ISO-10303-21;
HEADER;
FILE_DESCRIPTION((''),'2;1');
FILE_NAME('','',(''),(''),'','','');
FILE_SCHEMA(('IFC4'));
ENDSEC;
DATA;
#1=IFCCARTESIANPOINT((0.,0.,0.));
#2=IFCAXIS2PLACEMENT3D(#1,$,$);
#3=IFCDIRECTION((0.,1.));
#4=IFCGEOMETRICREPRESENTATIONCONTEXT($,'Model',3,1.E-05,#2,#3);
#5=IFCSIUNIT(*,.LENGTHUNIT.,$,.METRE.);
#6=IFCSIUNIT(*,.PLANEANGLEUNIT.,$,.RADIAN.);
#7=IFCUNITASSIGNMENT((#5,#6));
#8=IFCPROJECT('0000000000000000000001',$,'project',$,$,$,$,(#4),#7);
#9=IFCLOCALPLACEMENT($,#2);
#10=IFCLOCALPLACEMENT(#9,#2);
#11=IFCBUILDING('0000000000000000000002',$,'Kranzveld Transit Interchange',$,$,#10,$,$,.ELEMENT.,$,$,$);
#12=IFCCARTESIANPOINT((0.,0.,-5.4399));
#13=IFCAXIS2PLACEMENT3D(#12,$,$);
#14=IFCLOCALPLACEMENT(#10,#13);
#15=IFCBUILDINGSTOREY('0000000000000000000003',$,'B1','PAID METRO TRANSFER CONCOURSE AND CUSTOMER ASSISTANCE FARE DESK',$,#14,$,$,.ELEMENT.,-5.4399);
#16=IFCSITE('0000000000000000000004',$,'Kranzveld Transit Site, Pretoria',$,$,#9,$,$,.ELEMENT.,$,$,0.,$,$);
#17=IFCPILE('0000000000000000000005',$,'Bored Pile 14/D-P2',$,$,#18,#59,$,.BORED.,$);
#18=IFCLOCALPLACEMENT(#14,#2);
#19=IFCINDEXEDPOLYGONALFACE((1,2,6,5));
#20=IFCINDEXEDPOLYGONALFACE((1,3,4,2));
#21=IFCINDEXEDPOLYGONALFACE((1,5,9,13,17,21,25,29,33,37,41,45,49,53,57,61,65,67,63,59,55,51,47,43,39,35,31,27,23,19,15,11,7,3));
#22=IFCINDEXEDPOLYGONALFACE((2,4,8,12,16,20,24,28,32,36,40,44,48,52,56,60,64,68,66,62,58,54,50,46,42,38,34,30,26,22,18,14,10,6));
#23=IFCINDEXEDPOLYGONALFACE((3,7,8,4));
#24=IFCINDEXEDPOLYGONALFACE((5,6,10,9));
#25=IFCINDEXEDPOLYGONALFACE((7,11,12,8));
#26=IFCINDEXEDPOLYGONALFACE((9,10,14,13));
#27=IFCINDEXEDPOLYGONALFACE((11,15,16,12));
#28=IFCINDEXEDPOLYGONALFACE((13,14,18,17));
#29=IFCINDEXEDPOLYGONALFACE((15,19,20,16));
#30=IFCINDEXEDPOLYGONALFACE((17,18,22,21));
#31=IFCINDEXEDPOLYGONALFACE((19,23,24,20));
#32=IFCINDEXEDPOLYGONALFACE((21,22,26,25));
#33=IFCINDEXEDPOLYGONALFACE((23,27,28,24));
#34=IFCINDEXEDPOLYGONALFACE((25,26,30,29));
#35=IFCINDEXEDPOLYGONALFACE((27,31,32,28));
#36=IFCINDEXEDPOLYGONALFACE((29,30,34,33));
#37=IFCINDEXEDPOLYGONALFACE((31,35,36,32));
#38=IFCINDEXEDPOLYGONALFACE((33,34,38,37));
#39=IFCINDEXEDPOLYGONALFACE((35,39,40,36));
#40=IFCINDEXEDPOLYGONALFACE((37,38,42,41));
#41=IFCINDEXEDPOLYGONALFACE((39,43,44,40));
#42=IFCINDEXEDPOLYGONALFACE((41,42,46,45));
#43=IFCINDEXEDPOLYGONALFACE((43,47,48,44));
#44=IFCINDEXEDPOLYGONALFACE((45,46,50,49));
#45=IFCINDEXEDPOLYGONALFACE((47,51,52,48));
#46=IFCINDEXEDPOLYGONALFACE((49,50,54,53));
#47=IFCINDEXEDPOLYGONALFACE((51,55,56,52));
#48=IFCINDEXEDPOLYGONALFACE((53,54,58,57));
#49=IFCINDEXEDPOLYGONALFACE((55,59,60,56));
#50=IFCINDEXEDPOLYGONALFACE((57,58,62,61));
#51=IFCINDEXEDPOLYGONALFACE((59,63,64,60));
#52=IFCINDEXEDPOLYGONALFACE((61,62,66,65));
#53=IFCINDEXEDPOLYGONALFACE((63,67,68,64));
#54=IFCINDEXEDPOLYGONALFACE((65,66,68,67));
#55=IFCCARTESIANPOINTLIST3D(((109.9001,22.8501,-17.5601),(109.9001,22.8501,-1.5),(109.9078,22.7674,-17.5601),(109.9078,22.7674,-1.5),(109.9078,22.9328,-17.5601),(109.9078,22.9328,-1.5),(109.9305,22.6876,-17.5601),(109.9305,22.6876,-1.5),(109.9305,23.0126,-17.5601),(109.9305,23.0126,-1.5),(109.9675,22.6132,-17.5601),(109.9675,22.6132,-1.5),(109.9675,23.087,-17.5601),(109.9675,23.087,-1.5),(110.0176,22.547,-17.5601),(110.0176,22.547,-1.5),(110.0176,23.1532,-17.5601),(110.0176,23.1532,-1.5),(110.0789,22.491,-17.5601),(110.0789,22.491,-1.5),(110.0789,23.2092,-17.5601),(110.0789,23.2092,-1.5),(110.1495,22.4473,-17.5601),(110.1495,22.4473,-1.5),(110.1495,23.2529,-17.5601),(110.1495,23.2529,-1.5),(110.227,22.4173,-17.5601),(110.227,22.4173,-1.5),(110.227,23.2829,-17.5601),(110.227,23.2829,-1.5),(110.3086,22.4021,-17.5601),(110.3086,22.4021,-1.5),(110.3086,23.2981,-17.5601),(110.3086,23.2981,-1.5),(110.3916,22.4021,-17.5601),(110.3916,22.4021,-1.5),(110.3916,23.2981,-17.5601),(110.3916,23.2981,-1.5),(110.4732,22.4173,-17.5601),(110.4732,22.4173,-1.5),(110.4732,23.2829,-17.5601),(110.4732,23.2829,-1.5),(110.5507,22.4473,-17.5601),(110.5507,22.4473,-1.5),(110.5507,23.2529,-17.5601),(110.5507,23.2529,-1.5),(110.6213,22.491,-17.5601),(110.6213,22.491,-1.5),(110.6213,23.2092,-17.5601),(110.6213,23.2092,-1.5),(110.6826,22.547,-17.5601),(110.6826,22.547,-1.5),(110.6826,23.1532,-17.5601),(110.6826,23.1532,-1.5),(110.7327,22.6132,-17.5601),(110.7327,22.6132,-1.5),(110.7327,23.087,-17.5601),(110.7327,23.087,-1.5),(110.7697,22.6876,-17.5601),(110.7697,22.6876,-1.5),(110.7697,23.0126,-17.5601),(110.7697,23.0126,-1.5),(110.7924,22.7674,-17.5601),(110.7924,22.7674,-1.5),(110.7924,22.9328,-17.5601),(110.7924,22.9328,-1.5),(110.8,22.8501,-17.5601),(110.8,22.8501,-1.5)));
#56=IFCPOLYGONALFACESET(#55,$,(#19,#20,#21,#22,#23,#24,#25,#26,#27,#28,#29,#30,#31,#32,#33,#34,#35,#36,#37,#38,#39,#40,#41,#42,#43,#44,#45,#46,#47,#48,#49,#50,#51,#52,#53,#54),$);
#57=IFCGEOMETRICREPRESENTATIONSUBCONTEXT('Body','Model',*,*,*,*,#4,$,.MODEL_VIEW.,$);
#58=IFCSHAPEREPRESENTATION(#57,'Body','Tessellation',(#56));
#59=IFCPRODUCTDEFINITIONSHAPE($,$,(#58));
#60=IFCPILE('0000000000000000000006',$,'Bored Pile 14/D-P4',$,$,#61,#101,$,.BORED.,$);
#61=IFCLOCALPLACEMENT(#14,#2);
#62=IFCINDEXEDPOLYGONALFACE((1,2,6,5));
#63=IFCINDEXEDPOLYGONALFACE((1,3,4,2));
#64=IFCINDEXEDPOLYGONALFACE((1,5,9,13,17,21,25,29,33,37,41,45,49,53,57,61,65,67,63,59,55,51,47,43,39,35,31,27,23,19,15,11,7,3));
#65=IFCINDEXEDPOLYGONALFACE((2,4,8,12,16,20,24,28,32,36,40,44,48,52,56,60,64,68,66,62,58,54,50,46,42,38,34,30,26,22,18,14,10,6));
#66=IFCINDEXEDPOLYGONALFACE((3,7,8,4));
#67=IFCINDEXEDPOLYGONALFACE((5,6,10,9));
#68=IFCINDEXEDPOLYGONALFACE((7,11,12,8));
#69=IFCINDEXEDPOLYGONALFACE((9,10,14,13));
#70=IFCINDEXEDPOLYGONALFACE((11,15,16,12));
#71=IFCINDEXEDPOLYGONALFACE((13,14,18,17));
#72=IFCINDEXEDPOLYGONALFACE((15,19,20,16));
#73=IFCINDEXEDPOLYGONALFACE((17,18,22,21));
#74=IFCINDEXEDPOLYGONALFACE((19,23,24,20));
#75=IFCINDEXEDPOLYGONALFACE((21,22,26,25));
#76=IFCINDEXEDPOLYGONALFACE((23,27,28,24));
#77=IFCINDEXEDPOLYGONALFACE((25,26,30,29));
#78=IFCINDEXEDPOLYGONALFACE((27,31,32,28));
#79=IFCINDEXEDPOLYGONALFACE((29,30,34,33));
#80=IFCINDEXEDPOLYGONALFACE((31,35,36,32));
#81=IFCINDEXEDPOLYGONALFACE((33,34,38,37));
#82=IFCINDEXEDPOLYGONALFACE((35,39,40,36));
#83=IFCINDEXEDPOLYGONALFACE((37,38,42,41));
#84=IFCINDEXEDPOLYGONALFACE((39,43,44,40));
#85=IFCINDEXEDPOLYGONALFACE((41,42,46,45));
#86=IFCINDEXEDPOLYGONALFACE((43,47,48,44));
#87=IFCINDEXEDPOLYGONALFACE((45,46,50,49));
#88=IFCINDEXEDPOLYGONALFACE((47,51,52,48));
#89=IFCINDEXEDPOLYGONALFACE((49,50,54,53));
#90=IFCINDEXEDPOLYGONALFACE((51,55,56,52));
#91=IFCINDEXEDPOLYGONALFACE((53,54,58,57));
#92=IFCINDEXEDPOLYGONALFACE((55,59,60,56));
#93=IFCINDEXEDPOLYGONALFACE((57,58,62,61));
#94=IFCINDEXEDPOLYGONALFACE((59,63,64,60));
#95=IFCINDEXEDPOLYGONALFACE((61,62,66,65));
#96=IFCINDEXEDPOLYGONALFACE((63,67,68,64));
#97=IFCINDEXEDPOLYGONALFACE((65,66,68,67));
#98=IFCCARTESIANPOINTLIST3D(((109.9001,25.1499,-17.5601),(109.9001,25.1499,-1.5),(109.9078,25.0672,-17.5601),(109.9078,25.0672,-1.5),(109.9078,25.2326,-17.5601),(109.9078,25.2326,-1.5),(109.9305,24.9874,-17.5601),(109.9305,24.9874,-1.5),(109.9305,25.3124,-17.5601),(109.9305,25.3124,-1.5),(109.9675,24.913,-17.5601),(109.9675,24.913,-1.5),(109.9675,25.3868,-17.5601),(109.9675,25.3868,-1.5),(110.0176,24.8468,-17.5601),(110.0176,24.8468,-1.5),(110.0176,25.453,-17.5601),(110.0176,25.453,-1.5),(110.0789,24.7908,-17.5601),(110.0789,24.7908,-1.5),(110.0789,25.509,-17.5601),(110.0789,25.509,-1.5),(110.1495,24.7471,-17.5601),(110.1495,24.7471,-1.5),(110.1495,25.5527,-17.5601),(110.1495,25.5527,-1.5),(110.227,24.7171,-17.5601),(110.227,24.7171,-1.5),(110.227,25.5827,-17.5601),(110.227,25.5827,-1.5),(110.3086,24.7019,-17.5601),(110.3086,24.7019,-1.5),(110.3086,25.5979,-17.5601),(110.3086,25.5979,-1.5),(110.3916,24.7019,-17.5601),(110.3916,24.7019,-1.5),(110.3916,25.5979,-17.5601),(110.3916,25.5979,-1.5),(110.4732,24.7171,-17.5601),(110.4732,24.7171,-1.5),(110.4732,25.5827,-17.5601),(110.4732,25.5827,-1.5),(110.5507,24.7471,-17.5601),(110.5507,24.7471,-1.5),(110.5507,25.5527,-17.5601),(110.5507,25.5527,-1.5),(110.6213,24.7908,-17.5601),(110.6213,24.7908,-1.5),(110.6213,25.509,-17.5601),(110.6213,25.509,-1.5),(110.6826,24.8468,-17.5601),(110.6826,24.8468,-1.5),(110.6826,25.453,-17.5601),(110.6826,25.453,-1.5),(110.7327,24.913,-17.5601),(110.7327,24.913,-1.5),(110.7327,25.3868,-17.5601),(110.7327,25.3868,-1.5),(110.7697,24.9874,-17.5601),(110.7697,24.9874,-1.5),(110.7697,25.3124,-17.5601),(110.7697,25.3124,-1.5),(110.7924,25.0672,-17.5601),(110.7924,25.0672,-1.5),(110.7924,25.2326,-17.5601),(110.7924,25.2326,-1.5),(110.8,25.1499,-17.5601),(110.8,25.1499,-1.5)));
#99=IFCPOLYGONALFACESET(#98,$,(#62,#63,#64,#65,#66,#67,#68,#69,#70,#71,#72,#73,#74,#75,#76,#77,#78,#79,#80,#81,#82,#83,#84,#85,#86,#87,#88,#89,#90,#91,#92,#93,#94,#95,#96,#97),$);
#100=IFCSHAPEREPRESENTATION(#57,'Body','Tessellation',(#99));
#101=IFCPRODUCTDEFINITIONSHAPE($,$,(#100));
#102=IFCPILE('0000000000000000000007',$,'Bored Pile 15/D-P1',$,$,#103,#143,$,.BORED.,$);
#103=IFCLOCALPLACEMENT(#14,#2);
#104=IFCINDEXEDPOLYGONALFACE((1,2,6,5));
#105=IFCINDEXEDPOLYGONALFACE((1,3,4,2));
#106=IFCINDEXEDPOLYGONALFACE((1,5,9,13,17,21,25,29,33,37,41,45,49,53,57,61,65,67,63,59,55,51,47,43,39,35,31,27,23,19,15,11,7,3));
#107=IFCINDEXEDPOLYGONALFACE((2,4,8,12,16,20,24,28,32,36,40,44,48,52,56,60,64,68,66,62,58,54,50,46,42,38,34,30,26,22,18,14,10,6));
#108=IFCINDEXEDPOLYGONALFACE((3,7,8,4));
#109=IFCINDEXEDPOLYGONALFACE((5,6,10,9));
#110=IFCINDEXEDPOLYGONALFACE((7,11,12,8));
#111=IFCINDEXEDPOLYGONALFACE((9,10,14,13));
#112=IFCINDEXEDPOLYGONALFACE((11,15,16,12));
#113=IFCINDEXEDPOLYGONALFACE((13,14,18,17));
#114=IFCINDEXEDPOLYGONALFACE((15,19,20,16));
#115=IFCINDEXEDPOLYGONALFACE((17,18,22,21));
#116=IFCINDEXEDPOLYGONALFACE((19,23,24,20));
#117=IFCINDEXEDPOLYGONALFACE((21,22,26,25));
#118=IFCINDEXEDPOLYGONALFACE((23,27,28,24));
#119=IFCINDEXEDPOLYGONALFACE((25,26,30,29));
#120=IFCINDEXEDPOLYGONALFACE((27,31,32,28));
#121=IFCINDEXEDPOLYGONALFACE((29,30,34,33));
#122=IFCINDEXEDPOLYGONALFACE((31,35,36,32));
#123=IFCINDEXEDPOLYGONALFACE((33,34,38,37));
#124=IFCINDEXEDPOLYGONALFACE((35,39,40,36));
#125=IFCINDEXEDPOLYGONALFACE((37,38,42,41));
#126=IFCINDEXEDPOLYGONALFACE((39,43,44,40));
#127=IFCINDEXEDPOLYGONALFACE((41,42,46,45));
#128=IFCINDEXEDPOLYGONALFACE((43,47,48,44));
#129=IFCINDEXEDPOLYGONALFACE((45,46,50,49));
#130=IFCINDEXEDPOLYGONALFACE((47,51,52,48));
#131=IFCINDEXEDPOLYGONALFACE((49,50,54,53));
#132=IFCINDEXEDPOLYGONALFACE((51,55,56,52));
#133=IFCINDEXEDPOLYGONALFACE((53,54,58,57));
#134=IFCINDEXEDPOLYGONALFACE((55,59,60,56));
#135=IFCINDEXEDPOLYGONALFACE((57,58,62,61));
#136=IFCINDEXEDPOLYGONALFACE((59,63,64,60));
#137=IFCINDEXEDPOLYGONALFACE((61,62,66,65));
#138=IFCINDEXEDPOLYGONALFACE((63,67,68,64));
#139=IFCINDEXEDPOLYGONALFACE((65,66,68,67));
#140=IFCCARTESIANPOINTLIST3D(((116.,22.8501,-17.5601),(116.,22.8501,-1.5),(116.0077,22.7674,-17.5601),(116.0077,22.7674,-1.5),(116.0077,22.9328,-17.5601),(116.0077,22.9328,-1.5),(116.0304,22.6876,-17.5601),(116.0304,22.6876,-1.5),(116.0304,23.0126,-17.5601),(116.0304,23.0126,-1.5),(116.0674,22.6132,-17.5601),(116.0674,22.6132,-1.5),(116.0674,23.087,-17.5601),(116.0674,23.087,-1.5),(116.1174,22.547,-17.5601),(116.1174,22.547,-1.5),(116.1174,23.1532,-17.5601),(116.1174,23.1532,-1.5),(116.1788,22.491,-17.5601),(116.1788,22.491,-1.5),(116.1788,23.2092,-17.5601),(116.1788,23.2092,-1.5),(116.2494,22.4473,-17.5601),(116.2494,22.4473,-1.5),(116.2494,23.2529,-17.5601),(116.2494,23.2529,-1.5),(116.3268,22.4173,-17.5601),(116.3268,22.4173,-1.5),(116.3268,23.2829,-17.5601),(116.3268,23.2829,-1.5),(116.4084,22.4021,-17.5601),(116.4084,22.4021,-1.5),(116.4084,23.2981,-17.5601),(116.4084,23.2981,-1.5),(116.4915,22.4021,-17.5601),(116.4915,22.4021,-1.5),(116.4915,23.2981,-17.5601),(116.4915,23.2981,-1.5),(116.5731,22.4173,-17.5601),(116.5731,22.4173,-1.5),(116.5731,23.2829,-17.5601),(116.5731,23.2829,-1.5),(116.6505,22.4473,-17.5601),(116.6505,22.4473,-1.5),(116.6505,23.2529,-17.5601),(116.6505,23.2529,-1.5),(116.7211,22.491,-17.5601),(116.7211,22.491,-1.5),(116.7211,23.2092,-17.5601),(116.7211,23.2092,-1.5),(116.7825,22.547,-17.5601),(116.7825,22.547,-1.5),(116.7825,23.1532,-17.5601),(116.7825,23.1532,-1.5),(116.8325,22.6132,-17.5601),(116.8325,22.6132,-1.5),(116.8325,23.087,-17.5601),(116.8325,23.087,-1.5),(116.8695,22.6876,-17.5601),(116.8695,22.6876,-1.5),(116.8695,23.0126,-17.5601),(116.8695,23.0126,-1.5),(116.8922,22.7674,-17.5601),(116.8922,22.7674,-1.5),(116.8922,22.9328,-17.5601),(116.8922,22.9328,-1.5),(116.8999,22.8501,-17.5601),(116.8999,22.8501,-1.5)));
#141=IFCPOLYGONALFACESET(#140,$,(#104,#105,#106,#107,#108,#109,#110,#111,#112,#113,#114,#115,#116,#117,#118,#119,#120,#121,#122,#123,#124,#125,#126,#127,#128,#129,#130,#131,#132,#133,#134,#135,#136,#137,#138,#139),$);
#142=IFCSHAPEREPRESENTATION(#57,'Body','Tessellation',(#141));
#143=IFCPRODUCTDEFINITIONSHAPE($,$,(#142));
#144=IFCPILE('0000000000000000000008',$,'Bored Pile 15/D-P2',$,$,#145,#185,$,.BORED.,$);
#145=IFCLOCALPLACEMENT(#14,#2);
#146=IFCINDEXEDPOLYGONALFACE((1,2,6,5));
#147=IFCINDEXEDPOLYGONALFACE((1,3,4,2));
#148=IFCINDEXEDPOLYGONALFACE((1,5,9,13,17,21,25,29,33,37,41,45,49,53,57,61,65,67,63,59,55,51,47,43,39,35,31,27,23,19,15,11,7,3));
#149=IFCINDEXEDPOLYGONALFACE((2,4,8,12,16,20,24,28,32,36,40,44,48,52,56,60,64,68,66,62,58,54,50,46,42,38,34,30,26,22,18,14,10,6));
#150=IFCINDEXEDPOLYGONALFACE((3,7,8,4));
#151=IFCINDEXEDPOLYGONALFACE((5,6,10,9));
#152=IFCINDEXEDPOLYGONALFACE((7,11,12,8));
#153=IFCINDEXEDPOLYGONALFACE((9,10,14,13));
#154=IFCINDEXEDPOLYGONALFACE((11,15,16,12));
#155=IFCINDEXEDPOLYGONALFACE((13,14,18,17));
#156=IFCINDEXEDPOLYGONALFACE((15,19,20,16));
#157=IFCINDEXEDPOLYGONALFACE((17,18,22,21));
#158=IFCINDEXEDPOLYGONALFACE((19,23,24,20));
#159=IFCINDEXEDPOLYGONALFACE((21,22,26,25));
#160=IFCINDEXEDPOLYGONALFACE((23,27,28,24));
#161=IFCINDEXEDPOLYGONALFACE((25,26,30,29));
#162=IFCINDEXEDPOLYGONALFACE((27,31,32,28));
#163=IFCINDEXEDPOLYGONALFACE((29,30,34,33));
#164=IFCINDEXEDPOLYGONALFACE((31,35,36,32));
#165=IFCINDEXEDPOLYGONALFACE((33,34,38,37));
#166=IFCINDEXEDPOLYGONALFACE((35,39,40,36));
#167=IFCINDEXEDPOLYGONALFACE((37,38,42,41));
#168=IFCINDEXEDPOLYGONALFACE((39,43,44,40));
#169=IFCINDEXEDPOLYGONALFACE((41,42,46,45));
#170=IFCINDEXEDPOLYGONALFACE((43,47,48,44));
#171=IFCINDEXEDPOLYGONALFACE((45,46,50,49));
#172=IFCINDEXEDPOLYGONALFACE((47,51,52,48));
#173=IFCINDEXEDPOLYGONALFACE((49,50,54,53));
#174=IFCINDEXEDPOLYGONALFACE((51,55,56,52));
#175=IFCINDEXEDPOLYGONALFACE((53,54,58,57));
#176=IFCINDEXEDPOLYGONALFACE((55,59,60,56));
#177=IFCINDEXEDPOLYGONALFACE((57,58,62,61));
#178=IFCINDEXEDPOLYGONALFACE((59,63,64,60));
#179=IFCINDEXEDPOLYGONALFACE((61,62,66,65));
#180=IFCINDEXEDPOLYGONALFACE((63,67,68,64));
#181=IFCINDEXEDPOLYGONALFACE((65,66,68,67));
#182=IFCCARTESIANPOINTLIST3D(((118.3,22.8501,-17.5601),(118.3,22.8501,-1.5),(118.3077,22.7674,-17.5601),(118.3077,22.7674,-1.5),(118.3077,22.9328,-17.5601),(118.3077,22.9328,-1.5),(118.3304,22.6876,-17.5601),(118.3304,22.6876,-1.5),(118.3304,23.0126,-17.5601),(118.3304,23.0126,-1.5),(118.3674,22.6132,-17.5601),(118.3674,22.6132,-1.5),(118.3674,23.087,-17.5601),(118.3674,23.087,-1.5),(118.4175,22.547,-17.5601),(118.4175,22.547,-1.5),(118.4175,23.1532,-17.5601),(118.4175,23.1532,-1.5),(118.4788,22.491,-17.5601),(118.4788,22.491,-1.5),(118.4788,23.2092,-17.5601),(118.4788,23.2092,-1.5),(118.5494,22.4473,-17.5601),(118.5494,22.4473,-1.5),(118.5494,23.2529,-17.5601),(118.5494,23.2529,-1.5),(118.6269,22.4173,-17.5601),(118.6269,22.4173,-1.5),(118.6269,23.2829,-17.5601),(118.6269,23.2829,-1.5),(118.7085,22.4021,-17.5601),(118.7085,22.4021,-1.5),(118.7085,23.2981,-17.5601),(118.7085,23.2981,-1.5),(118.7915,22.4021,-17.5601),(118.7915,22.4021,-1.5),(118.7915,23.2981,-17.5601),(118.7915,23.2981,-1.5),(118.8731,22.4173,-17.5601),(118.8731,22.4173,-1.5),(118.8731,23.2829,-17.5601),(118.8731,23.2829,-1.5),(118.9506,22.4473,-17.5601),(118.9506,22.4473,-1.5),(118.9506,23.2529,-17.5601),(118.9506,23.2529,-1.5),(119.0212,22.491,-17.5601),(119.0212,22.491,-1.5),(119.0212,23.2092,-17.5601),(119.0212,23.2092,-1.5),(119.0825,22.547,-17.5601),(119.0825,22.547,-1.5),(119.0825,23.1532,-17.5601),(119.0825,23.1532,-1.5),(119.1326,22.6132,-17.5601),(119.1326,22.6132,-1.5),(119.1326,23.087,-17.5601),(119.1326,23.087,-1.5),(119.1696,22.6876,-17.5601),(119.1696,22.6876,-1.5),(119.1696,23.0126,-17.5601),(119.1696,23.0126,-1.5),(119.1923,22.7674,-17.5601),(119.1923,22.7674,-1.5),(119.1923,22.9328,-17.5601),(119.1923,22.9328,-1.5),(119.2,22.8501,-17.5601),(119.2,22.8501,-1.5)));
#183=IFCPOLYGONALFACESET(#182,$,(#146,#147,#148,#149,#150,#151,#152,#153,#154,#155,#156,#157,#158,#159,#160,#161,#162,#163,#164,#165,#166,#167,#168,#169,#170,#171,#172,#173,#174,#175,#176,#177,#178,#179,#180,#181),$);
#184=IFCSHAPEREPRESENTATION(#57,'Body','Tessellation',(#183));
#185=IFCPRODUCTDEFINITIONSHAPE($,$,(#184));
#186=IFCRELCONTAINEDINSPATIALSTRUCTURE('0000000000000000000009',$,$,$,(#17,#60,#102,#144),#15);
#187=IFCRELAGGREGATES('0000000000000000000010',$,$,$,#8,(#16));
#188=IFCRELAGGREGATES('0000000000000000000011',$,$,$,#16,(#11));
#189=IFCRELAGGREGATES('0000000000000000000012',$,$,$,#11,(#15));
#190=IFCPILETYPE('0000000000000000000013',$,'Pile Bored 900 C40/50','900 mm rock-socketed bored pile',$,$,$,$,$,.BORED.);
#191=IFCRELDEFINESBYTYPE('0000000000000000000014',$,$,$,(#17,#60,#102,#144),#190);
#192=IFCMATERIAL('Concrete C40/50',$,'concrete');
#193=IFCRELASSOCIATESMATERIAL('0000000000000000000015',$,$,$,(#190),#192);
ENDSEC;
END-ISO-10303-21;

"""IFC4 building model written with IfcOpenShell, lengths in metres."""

from ifc_helpers import new_model, si_unit, direction, frame, origin, origin_2d, place, context, subcontext, project, spatial, circle, extrude, material, material_profile, profile_set, type_object, element, save


model = new_model("IFC4")

# Units and contexts
model_context = context("Model", 3, precision=1e-05, world=origin(), true_north=direction((0.0, 1.0)))
body_context = subcontext(model_context, "Body", "Model", "MODEL_VIEW")
ifc_project = project(units=[si_unit("LENGTHUNIT", "METRE"), si_unit("PLANEANGLEUNIT", "RADIAN")], contexts=[model_context])

# Site, building, storey
site_placement = place(None, origin())
site = spatial("IfcSite", under=ifc_project, at=site_placement, Name="Kranzveld Transit Site, Pretoria", CompositionType="ELEMENT", RefElevation=0.0)
building_placement = place(site_placement, origin())
building = spatial("IfcBuilding", under=site, at=building_placement, Name="Kranzveld Transit Interchange", CompositionType="ELEMENT")
storey_placement = place(building_placement, frame((0.0, 0.0, -5.4399)))
storey = spatial("IfcBuildingStorey", under=building, at=storey_placement, Name="B1", Description="PAID METRO TRANSFER CONCOURSE AND CUSTOMER ASSISTANCE FARE DESK", CompositionType="ELEMENT", Elevation=-5.4399)

# Piles
ifc_material_1 = material(Name="Concrete C40/50", Category="concrete")
ifc_material_profile_1 = material_profile(ifc_material_1, circle(Radius=0.45, at=origin_2d()), Name="BORED PILE 900")
ifc_profile_set_1 = profile_set([ifc_material_profile_1], Name="Concrete C40/50")
pile_type = type_object("IfcPileType", Name="Pile Bored 900 C40/50", Description="900 mm rock-socketed bored pile", PredefinedType="BORED", material=ifc_profile_set_1)
for number, where, z_axis, x_axis, name in (
    (1, (110.3501, 22.8501, -1.5), (0.0, 0.0, -1.0), (1.0, 0.0, 0.0), "Bored Pile 14/D-P2"),
    (2, (110.3501, 25.1499, -1.5), (0.0, 0.0, -1.0), (1.0, 0.0, 0.0), "Bored Pile 14/D-P4"),
    (3, (116.45, 22.8501, -1.5), (0.0, 0.0, -1.0), (1.0, 0.0, 0.0), "Bored Pile 15/D-P1"),
    (4, (118.75, 22.8501, -1.5), (0.0, 0.0, -1.0), (1.0, 0.0, 0.0), "Bored Pile 15/D-P2"),
):
    element("IfcPile", number, at=place(storey_placement, frame(where, z_axis=z_axis, x_axis=x_axis)), inside=storey, type_object=pile_type, Name=name, PredefinedType="BORED", context=body_context, shape_type="SweptSolid", body=[
        extrude(circle(Radius=0.45, at=origin_2d()), origin(), (0.0, 0.0, 1.0), 16.0601),
    ])

save(model, "model.ifc")
